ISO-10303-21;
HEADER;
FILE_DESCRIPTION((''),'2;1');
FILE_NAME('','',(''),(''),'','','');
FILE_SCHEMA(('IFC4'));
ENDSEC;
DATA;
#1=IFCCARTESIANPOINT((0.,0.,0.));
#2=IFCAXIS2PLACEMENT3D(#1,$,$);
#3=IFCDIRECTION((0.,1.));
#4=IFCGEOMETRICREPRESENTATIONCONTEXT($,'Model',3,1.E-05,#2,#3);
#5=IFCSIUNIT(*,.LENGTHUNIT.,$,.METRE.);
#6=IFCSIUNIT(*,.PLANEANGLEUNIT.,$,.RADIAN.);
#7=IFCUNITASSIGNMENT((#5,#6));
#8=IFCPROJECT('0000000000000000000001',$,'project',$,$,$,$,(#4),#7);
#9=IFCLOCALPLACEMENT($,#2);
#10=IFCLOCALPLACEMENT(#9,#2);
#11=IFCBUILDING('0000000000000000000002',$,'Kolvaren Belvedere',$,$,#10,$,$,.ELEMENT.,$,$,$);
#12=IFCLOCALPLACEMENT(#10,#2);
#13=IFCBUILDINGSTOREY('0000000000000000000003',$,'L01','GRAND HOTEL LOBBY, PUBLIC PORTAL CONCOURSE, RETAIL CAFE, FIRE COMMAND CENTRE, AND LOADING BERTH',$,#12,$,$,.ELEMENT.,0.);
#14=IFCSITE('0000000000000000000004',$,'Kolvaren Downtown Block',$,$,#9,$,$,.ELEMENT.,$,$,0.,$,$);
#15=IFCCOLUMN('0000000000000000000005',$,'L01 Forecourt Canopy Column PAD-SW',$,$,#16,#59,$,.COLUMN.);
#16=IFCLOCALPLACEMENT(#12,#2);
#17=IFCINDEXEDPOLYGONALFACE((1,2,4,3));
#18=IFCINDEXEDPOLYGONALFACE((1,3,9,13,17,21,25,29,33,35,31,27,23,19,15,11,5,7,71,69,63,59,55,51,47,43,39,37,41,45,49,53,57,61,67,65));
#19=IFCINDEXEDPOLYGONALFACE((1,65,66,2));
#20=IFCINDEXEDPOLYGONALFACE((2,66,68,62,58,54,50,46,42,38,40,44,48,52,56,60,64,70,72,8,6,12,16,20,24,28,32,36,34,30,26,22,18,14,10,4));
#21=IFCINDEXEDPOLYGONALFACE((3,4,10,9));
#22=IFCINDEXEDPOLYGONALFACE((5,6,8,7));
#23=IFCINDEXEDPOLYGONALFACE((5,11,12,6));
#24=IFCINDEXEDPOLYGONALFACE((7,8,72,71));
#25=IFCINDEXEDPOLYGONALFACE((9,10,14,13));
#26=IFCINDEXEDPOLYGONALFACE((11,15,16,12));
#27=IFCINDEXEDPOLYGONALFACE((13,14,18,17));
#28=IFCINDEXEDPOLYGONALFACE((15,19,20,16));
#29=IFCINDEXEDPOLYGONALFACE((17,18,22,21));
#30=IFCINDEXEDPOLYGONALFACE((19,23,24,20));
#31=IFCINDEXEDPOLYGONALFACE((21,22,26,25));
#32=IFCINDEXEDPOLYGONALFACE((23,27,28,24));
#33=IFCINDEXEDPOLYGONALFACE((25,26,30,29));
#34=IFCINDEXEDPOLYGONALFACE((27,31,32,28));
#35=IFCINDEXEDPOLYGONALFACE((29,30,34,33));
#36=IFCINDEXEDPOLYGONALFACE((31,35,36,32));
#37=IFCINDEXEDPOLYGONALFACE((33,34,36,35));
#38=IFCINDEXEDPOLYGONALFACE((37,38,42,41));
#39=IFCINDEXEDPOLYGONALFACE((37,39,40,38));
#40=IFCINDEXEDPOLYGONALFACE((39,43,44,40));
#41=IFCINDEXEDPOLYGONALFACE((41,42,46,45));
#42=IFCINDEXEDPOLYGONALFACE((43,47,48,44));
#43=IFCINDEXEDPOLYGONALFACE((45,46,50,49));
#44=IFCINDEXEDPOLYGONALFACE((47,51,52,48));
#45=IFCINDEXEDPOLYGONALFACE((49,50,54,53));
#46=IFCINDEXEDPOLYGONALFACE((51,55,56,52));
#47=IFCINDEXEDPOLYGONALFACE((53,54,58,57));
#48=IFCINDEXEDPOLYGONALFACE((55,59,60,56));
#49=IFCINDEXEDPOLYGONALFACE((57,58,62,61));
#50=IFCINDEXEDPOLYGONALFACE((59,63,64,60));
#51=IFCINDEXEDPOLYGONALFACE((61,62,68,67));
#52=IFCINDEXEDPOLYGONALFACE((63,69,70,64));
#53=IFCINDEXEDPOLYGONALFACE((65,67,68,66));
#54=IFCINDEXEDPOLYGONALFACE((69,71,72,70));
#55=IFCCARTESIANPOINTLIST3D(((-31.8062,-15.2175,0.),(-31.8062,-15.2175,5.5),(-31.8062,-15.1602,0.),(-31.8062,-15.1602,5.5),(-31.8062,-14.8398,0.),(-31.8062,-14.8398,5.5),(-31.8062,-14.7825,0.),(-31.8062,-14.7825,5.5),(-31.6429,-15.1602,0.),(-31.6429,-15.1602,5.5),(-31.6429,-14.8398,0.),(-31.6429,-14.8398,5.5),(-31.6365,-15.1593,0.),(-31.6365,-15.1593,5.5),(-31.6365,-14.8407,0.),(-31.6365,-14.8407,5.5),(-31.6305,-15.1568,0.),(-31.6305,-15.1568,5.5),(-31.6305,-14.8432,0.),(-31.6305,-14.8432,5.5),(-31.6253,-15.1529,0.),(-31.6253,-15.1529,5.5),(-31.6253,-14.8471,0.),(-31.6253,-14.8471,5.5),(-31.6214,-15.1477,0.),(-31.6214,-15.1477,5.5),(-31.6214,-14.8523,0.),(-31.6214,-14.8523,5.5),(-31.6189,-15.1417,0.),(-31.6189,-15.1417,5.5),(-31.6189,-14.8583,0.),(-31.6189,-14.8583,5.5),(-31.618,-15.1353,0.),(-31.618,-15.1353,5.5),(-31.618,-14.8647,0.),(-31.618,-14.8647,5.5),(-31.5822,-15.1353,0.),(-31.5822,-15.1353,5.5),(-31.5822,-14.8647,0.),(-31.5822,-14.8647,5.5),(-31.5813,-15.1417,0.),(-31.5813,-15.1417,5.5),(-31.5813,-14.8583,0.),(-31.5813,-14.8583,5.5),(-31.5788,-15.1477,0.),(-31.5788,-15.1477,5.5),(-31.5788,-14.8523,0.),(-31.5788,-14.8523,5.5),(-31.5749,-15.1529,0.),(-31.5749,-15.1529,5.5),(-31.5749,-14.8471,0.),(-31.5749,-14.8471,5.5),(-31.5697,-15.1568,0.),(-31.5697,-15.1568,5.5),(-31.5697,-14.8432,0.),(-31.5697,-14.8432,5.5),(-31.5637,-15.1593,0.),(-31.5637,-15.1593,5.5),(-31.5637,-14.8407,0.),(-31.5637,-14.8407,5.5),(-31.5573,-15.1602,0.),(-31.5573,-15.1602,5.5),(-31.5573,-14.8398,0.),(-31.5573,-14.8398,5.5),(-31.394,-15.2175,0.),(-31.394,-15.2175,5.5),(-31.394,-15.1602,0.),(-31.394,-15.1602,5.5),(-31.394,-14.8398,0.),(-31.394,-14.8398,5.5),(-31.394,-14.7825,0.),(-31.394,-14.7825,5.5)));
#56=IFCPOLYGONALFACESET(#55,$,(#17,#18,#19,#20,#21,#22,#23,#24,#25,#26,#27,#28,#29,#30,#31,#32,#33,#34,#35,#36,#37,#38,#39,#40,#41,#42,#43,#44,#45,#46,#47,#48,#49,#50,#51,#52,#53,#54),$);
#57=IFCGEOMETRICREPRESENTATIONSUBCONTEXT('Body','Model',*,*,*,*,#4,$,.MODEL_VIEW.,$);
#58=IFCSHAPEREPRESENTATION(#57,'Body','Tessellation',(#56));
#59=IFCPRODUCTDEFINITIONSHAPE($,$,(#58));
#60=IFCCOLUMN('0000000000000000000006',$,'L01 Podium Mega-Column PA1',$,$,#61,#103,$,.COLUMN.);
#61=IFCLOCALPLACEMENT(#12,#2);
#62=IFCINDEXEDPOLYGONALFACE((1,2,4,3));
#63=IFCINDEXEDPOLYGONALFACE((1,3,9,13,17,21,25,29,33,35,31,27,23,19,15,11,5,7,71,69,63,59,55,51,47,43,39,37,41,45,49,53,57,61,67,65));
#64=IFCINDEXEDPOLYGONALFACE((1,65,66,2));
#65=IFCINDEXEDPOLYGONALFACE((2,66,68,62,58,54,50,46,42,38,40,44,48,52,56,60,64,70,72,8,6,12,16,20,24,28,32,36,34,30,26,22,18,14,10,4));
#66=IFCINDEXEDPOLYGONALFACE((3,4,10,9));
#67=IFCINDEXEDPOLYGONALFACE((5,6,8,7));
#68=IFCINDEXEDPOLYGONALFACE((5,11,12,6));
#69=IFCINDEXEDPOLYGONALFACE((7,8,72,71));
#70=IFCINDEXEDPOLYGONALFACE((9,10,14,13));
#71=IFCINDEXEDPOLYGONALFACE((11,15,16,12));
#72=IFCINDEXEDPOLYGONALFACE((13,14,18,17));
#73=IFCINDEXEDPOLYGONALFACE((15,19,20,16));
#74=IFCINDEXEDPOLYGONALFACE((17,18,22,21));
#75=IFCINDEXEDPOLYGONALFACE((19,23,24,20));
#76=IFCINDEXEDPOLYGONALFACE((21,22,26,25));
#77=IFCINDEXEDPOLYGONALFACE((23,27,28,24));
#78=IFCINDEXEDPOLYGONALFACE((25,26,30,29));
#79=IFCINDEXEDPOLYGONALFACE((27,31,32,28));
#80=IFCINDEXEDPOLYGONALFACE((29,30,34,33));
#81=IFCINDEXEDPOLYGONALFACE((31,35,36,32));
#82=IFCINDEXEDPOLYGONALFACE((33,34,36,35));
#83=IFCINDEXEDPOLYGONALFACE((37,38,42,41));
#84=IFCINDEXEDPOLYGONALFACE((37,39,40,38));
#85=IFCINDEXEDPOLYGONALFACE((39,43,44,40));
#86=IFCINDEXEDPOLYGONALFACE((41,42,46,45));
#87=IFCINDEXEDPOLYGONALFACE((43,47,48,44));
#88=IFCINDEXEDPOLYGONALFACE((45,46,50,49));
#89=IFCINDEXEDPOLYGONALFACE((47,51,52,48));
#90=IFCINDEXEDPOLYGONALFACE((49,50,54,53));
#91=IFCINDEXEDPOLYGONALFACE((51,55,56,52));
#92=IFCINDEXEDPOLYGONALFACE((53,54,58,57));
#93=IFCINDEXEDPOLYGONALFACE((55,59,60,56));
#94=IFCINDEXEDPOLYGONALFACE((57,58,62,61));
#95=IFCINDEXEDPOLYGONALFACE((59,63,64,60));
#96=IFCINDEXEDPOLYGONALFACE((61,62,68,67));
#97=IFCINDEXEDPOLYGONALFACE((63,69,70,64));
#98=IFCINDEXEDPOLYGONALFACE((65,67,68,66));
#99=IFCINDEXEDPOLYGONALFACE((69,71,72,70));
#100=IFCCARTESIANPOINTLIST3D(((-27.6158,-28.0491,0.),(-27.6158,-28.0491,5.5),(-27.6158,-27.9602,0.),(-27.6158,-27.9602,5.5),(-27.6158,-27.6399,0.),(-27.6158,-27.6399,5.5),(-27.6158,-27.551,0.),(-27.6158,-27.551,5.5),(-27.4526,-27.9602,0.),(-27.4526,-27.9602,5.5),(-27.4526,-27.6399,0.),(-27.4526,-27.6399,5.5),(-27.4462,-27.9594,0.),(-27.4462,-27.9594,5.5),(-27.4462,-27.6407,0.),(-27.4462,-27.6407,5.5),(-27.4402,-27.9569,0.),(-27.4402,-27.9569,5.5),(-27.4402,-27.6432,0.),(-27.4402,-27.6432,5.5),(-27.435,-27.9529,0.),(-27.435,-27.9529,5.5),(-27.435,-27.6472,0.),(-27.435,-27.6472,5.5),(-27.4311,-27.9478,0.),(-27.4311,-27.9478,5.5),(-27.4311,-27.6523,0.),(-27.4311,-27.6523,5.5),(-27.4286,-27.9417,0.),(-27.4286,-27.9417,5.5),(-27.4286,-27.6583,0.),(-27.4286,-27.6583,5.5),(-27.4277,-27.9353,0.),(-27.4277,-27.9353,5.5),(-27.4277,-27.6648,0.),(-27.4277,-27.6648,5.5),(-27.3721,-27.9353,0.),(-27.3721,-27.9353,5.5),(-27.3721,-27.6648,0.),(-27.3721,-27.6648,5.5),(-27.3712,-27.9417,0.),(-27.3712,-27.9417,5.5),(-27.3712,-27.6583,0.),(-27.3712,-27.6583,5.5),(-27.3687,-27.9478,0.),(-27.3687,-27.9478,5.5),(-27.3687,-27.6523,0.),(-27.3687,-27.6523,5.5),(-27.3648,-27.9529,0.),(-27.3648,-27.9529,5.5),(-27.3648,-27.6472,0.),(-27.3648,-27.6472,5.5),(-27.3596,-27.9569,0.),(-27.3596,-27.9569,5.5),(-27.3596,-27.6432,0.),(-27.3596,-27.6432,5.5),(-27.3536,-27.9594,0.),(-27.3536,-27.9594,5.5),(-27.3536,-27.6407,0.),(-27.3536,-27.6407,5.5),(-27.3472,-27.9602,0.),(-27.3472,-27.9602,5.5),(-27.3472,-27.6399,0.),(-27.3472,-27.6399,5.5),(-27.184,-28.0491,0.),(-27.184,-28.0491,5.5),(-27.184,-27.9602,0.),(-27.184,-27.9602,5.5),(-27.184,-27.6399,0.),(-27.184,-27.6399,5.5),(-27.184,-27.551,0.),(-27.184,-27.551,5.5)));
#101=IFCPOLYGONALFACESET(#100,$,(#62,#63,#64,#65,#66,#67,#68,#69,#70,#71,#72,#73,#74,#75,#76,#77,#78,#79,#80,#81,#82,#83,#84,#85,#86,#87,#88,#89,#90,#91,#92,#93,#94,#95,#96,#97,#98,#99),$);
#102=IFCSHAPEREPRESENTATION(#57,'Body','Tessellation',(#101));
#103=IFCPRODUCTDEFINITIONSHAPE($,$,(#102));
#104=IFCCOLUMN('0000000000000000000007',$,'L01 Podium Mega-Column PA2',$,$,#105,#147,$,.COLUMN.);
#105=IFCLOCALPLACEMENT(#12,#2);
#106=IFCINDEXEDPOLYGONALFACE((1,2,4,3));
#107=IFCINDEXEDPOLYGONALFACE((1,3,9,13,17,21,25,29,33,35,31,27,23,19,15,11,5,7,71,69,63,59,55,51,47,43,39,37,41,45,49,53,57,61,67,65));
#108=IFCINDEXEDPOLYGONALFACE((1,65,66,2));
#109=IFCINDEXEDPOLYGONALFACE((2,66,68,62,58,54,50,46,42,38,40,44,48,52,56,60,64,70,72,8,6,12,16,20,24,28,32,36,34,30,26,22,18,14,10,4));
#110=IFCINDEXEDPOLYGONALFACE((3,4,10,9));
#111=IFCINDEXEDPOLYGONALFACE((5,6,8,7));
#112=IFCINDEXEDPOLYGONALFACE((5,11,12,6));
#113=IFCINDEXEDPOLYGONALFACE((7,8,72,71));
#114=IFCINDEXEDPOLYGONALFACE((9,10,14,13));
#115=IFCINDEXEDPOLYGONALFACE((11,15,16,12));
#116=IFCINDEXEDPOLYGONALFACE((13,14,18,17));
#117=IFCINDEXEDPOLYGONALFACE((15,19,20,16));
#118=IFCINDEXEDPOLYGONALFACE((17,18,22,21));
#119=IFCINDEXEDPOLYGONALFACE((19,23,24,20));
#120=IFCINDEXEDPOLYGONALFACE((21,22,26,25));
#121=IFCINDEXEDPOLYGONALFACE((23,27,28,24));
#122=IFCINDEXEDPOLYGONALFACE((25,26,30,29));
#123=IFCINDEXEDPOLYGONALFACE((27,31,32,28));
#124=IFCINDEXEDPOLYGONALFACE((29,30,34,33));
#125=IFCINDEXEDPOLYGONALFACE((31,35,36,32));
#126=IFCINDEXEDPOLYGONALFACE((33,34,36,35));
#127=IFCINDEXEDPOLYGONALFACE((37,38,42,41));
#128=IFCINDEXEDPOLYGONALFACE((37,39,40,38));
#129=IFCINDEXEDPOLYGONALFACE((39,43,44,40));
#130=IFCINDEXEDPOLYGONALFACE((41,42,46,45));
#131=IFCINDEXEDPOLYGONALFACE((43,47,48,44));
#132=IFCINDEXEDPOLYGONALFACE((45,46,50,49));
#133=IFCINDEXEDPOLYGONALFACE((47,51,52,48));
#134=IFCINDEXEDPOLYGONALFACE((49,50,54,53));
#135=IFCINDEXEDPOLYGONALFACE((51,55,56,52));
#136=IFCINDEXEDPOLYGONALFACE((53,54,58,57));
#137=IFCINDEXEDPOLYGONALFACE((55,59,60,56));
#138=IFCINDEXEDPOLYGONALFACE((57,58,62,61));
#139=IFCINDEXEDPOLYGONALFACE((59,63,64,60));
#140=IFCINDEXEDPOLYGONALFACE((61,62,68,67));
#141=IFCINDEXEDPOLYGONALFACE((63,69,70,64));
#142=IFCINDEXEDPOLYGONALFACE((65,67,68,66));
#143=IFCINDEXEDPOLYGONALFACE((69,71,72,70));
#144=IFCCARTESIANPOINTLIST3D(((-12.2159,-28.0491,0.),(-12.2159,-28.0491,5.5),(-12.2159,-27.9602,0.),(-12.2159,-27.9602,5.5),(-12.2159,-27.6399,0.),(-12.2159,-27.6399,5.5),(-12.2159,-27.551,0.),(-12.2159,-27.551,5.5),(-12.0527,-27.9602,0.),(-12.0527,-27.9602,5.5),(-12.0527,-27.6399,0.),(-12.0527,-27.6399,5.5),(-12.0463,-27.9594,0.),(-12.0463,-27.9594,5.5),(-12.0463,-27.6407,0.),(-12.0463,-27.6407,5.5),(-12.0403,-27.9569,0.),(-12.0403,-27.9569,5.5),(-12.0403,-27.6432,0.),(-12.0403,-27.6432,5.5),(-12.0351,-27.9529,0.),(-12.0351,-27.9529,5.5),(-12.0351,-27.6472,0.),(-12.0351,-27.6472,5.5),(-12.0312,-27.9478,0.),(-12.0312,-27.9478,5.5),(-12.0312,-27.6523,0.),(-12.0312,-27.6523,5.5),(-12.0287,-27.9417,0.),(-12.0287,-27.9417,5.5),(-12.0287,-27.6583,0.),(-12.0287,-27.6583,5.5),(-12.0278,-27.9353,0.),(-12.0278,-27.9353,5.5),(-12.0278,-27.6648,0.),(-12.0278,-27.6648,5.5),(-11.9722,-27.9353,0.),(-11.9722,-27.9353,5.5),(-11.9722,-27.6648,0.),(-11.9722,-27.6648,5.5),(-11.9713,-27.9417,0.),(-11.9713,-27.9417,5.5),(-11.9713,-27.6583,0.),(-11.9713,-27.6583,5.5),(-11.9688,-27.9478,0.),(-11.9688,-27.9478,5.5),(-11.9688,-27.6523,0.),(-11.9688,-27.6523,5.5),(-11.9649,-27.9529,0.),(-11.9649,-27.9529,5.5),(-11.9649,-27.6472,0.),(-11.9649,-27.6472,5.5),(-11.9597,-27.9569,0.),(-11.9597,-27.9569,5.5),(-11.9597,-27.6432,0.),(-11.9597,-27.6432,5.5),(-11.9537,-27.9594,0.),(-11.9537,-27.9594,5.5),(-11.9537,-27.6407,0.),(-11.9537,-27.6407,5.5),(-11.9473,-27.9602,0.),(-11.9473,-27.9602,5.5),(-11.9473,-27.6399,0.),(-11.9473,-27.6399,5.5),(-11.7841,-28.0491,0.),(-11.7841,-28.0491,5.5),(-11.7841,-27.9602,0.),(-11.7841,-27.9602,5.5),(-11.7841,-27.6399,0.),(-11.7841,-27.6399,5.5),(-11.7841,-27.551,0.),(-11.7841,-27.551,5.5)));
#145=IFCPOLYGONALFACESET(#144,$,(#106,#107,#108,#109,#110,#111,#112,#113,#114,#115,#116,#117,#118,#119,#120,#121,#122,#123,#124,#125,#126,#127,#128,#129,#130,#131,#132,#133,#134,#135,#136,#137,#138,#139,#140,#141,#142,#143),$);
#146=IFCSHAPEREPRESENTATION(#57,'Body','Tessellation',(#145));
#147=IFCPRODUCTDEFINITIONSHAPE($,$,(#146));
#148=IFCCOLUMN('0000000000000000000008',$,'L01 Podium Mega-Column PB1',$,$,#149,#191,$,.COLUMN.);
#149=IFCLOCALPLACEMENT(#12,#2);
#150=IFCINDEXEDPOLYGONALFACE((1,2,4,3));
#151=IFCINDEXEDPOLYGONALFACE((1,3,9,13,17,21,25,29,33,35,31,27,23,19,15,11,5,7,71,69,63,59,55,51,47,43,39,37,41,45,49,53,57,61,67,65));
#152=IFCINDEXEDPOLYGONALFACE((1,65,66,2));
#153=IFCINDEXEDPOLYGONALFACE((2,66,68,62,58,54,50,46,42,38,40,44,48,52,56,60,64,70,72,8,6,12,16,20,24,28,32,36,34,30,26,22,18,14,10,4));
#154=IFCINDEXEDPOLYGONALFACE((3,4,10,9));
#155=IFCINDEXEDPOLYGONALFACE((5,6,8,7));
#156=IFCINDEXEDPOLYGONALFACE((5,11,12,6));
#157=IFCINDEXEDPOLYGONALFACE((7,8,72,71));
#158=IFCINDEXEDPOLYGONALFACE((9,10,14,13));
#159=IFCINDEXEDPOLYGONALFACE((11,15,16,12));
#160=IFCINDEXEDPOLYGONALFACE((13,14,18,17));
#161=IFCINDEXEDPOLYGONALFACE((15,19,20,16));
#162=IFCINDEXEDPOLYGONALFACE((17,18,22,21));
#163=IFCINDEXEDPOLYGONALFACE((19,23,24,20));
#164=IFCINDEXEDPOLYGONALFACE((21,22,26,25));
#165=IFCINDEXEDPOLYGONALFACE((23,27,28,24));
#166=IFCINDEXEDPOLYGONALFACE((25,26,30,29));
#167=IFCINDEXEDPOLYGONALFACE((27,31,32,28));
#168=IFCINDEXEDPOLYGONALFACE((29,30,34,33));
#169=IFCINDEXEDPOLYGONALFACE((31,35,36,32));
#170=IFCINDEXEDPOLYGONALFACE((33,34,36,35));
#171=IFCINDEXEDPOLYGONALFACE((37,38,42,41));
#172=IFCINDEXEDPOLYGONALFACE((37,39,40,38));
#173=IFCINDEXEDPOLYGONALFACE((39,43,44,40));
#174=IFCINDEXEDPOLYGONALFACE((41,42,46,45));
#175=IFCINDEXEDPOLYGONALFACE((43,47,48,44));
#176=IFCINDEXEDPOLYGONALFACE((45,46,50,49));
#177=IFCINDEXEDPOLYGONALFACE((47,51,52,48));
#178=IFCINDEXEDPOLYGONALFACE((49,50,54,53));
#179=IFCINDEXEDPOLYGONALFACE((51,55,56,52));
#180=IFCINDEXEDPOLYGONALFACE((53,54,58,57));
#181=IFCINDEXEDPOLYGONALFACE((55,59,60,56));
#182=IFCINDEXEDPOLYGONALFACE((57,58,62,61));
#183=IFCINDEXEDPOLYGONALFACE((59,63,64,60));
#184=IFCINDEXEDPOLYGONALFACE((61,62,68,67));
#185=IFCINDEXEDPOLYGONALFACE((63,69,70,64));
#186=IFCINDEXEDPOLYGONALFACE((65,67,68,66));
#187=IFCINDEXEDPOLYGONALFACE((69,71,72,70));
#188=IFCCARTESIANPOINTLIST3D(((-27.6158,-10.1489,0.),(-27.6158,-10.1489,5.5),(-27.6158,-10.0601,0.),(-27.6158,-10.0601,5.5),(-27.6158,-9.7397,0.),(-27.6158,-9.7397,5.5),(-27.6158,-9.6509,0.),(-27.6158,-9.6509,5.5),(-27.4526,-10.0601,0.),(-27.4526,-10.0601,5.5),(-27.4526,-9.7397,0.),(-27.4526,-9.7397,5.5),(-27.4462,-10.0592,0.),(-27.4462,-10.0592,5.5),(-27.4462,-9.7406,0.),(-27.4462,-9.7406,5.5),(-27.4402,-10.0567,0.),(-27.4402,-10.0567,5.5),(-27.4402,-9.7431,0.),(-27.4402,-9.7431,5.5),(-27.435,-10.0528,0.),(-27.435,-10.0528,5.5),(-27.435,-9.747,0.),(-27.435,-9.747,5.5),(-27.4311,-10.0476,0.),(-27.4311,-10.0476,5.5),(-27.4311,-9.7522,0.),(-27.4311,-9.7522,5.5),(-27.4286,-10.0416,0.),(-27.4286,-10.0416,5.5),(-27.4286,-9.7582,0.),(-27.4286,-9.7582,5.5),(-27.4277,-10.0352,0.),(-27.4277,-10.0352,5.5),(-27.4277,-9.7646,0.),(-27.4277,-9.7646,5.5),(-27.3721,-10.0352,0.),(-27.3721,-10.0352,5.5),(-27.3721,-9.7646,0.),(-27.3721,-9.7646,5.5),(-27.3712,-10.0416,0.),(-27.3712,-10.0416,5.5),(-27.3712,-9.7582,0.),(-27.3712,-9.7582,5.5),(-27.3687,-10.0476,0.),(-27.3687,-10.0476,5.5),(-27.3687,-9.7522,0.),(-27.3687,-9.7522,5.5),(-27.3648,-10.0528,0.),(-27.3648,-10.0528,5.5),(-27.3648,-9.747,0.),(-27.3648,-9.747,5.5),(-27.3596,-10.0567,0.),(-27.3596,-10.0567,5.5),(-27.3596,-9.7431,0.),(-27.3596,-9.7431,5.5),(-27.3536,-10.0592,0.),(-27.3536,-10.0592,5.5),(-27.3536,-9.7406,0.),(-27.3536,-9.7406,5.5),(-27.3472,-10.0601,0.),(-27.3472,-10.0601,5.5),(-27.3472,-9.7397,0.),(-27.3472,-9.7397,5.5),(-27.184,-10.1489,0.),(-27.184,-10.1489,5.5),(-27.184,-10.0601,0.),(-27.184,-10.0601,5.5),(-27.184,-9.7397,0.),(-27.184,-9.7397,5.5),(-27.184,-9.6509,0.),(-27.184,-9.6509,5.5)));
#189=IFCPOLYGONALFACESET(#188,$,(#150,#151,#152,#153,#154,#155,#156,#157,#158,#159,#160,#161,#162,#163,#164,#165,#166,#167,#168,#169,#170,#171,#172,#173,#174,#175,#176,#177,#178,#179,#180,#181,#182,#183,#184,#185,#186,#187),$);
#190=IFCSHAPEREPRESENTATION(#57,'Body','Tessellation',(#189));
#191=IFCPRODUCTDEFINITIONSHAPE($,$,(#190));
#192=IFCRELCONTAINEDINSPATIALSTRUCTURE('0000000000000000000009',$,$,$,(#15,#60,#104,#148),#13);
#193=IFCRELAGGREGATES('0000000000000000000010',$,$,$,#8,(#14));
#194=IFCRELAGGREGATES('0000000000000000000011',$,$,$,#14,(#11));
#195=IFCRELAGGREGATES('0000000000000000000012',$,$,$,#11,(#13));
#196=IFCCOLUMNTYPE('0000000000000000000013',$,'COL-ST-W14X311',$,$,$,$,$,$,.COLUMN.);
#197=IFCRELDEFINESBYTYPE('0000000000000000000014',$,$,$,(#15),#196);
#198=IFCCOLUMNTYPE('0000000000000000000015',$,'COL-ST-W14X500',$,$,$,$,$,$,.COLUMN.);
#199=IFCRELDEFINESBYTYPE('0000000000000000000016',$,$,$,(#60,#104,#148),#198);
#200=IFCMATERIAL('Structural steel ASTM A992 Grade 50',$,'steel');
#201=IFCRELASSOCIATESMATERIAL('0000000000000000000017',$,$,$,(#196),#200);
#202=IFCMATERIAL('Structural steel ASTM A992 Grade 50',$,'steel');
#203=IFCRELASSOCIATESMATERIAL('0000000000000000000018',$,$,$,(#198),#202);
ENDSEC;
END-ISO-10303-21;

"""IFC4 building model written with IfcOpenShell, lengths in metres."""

from ifc_helpers import new_model, si_unit, direction, frame, origin, origin_2d, place, context, subcontext, project, spatial, i_section, extrude, material, material_profile, profile_set, type_object, element, save


model = new_model("IFC4")

# Units and contexts
model_context = context("Model", 3, precision=1e-05, world=origin(), true_north=direction((0.0, 1.0)))
body_context = subcontext(model_context, "Body", "Model", "MODEL_VIEW")
ifc_project = project(units=[si_unit("LENGTHUNIT", "METRE"), si_unit("PLANEANGLEUNIT", "RADIAN")], contexts=[model_context])

# Site, building, storey
site_placement = place(None, origin())
site = spatial("IfcSite", under=ifc_project, at=site_placement, Name="Kolvaren Downtown Block", CompositionType="ELEMENT", RefElevation=0.0)
building_placement = place(site_placement, origin())
building = spatial("IfcBuilding", under=site, at=building_placement, Name="Kolvaren Belvedere", CompositionType="ELEMENT")
storey_placement = place(building_placement, origin())
storey = spatial("IfcBuildingStorey", under=building, at=storey_placement, Name="L01", Description="GRAND HOTEL LOBBY, PUBLIC PORTAL CONCOURSE, RETAIL CAFE, FIRE COMMAND CENTRE, AND LOADING BERTH", CompositionType="ELEMENT", Elevation=0.0)

# Columns
ifc_material_1 = material(Name="Structural steel ASTM A992 Grade 50", Category="steel")
ifc_material_profile_1 = material_profile(ifc_material_1, i_section(OverallWidth=0.4121, OverallDepth=0.4351, WebThickness=0.0359, FlangeThickness=0.0574, FilletRadius=0.0249, at=origin_2d()), Name="W14X311")
ifc_profile_set_1 = profile_set([ifc_material_profile_1], Name="Structural steel ASTM A992 Grade 50")
column_type_1 = type_object("IfcColumnType", Name="COL-ST-W14X311", PredefinedType="COLUMN", material=ifc_profile_set_1)
column_placement = place(storey_placement, frame((-31.6001, -15.0, 0.0), z_axis=(0.0, 0.0, 1.0), x_axis=(1.0, 0.0, 0.0)))
element("IfcColumn", 1, at=column_placement, inside=storey, type_object=column_type_1, Name="L01 Forecourt Canopy Column PAD-SW", PredefinedType="COLUMN", context=body_context, shape_type="SweptSolid", body=[
    extrude(i_section(OverallWidth=0.4121, OverallDepth=0.4351, WebThickness=0.0359, FlangeThickness=0.0574, FilletRadius=0.0249, at=origin_2d()), origin(), (0.0, 0.0, 1.0), 5.5),
])
ifc_material_2 = material(Name="Structural steel ASTM A992 Grade 50", Category="steel")
ifc_material_profile_2 = material_profile(ifc_material_2, i_section(OverallWidth=0.4319, OverallDepth=0.498, WebThickness=0.0557, FlangeThickness=0.0889, FilletRadius=0.0249, at=origin_2d()), Name="W14X500")
ifc_profile_set_2 = profile_set([ifc_material_profile_2], Name="Structural steel ASTM A992 Grade 50")
column_type_2 = type_object("IfcColumnType", Name="COL-ST-W14X500", PredefinedType="COLUMN", material=ifc_profile_set_2)
for number, where, z_axis, x_axis, name in (
    (2, (-27.3999, -27.8, 0.0), (0.0, 0.0, 1.0), (1.0, 0.0, 0.0), "L01 Podium Mega-Column PA1"),
    (3, (-12.0, -27.8, 0.0), (0.0, 0.0, 1.0), (1.0, 0.0, 0.0), "L01 Podium Mega-Column PA2"),
    (4, (-27.3999, -9.8999, 0.0), (0.0, 0.0, 1.0), (1.0, 0.0, 0.0), "L01 Podium Mega-Column PB1"),
):
    element("IfcColumn", number, at=place(storey_placement, frame(where, z_axis=z_axis, x_axis=x_axis)), inside=storey, type_object=column_type_2, Name=name, PredefinedType="COLUMN", context=body_context, shape_type="SweptSolid", body=[
        extrude(i_section(OverallWidth=0.4319, OverallDepth=0.498, WebThickness=0.0557, FlangeThickness=0.0889, FilletRadius=0.0249, at=origin_2d()), origin(), (0.0, 0.0, 1.0), 5.5),
    ])

save(model, "model.ifc")
